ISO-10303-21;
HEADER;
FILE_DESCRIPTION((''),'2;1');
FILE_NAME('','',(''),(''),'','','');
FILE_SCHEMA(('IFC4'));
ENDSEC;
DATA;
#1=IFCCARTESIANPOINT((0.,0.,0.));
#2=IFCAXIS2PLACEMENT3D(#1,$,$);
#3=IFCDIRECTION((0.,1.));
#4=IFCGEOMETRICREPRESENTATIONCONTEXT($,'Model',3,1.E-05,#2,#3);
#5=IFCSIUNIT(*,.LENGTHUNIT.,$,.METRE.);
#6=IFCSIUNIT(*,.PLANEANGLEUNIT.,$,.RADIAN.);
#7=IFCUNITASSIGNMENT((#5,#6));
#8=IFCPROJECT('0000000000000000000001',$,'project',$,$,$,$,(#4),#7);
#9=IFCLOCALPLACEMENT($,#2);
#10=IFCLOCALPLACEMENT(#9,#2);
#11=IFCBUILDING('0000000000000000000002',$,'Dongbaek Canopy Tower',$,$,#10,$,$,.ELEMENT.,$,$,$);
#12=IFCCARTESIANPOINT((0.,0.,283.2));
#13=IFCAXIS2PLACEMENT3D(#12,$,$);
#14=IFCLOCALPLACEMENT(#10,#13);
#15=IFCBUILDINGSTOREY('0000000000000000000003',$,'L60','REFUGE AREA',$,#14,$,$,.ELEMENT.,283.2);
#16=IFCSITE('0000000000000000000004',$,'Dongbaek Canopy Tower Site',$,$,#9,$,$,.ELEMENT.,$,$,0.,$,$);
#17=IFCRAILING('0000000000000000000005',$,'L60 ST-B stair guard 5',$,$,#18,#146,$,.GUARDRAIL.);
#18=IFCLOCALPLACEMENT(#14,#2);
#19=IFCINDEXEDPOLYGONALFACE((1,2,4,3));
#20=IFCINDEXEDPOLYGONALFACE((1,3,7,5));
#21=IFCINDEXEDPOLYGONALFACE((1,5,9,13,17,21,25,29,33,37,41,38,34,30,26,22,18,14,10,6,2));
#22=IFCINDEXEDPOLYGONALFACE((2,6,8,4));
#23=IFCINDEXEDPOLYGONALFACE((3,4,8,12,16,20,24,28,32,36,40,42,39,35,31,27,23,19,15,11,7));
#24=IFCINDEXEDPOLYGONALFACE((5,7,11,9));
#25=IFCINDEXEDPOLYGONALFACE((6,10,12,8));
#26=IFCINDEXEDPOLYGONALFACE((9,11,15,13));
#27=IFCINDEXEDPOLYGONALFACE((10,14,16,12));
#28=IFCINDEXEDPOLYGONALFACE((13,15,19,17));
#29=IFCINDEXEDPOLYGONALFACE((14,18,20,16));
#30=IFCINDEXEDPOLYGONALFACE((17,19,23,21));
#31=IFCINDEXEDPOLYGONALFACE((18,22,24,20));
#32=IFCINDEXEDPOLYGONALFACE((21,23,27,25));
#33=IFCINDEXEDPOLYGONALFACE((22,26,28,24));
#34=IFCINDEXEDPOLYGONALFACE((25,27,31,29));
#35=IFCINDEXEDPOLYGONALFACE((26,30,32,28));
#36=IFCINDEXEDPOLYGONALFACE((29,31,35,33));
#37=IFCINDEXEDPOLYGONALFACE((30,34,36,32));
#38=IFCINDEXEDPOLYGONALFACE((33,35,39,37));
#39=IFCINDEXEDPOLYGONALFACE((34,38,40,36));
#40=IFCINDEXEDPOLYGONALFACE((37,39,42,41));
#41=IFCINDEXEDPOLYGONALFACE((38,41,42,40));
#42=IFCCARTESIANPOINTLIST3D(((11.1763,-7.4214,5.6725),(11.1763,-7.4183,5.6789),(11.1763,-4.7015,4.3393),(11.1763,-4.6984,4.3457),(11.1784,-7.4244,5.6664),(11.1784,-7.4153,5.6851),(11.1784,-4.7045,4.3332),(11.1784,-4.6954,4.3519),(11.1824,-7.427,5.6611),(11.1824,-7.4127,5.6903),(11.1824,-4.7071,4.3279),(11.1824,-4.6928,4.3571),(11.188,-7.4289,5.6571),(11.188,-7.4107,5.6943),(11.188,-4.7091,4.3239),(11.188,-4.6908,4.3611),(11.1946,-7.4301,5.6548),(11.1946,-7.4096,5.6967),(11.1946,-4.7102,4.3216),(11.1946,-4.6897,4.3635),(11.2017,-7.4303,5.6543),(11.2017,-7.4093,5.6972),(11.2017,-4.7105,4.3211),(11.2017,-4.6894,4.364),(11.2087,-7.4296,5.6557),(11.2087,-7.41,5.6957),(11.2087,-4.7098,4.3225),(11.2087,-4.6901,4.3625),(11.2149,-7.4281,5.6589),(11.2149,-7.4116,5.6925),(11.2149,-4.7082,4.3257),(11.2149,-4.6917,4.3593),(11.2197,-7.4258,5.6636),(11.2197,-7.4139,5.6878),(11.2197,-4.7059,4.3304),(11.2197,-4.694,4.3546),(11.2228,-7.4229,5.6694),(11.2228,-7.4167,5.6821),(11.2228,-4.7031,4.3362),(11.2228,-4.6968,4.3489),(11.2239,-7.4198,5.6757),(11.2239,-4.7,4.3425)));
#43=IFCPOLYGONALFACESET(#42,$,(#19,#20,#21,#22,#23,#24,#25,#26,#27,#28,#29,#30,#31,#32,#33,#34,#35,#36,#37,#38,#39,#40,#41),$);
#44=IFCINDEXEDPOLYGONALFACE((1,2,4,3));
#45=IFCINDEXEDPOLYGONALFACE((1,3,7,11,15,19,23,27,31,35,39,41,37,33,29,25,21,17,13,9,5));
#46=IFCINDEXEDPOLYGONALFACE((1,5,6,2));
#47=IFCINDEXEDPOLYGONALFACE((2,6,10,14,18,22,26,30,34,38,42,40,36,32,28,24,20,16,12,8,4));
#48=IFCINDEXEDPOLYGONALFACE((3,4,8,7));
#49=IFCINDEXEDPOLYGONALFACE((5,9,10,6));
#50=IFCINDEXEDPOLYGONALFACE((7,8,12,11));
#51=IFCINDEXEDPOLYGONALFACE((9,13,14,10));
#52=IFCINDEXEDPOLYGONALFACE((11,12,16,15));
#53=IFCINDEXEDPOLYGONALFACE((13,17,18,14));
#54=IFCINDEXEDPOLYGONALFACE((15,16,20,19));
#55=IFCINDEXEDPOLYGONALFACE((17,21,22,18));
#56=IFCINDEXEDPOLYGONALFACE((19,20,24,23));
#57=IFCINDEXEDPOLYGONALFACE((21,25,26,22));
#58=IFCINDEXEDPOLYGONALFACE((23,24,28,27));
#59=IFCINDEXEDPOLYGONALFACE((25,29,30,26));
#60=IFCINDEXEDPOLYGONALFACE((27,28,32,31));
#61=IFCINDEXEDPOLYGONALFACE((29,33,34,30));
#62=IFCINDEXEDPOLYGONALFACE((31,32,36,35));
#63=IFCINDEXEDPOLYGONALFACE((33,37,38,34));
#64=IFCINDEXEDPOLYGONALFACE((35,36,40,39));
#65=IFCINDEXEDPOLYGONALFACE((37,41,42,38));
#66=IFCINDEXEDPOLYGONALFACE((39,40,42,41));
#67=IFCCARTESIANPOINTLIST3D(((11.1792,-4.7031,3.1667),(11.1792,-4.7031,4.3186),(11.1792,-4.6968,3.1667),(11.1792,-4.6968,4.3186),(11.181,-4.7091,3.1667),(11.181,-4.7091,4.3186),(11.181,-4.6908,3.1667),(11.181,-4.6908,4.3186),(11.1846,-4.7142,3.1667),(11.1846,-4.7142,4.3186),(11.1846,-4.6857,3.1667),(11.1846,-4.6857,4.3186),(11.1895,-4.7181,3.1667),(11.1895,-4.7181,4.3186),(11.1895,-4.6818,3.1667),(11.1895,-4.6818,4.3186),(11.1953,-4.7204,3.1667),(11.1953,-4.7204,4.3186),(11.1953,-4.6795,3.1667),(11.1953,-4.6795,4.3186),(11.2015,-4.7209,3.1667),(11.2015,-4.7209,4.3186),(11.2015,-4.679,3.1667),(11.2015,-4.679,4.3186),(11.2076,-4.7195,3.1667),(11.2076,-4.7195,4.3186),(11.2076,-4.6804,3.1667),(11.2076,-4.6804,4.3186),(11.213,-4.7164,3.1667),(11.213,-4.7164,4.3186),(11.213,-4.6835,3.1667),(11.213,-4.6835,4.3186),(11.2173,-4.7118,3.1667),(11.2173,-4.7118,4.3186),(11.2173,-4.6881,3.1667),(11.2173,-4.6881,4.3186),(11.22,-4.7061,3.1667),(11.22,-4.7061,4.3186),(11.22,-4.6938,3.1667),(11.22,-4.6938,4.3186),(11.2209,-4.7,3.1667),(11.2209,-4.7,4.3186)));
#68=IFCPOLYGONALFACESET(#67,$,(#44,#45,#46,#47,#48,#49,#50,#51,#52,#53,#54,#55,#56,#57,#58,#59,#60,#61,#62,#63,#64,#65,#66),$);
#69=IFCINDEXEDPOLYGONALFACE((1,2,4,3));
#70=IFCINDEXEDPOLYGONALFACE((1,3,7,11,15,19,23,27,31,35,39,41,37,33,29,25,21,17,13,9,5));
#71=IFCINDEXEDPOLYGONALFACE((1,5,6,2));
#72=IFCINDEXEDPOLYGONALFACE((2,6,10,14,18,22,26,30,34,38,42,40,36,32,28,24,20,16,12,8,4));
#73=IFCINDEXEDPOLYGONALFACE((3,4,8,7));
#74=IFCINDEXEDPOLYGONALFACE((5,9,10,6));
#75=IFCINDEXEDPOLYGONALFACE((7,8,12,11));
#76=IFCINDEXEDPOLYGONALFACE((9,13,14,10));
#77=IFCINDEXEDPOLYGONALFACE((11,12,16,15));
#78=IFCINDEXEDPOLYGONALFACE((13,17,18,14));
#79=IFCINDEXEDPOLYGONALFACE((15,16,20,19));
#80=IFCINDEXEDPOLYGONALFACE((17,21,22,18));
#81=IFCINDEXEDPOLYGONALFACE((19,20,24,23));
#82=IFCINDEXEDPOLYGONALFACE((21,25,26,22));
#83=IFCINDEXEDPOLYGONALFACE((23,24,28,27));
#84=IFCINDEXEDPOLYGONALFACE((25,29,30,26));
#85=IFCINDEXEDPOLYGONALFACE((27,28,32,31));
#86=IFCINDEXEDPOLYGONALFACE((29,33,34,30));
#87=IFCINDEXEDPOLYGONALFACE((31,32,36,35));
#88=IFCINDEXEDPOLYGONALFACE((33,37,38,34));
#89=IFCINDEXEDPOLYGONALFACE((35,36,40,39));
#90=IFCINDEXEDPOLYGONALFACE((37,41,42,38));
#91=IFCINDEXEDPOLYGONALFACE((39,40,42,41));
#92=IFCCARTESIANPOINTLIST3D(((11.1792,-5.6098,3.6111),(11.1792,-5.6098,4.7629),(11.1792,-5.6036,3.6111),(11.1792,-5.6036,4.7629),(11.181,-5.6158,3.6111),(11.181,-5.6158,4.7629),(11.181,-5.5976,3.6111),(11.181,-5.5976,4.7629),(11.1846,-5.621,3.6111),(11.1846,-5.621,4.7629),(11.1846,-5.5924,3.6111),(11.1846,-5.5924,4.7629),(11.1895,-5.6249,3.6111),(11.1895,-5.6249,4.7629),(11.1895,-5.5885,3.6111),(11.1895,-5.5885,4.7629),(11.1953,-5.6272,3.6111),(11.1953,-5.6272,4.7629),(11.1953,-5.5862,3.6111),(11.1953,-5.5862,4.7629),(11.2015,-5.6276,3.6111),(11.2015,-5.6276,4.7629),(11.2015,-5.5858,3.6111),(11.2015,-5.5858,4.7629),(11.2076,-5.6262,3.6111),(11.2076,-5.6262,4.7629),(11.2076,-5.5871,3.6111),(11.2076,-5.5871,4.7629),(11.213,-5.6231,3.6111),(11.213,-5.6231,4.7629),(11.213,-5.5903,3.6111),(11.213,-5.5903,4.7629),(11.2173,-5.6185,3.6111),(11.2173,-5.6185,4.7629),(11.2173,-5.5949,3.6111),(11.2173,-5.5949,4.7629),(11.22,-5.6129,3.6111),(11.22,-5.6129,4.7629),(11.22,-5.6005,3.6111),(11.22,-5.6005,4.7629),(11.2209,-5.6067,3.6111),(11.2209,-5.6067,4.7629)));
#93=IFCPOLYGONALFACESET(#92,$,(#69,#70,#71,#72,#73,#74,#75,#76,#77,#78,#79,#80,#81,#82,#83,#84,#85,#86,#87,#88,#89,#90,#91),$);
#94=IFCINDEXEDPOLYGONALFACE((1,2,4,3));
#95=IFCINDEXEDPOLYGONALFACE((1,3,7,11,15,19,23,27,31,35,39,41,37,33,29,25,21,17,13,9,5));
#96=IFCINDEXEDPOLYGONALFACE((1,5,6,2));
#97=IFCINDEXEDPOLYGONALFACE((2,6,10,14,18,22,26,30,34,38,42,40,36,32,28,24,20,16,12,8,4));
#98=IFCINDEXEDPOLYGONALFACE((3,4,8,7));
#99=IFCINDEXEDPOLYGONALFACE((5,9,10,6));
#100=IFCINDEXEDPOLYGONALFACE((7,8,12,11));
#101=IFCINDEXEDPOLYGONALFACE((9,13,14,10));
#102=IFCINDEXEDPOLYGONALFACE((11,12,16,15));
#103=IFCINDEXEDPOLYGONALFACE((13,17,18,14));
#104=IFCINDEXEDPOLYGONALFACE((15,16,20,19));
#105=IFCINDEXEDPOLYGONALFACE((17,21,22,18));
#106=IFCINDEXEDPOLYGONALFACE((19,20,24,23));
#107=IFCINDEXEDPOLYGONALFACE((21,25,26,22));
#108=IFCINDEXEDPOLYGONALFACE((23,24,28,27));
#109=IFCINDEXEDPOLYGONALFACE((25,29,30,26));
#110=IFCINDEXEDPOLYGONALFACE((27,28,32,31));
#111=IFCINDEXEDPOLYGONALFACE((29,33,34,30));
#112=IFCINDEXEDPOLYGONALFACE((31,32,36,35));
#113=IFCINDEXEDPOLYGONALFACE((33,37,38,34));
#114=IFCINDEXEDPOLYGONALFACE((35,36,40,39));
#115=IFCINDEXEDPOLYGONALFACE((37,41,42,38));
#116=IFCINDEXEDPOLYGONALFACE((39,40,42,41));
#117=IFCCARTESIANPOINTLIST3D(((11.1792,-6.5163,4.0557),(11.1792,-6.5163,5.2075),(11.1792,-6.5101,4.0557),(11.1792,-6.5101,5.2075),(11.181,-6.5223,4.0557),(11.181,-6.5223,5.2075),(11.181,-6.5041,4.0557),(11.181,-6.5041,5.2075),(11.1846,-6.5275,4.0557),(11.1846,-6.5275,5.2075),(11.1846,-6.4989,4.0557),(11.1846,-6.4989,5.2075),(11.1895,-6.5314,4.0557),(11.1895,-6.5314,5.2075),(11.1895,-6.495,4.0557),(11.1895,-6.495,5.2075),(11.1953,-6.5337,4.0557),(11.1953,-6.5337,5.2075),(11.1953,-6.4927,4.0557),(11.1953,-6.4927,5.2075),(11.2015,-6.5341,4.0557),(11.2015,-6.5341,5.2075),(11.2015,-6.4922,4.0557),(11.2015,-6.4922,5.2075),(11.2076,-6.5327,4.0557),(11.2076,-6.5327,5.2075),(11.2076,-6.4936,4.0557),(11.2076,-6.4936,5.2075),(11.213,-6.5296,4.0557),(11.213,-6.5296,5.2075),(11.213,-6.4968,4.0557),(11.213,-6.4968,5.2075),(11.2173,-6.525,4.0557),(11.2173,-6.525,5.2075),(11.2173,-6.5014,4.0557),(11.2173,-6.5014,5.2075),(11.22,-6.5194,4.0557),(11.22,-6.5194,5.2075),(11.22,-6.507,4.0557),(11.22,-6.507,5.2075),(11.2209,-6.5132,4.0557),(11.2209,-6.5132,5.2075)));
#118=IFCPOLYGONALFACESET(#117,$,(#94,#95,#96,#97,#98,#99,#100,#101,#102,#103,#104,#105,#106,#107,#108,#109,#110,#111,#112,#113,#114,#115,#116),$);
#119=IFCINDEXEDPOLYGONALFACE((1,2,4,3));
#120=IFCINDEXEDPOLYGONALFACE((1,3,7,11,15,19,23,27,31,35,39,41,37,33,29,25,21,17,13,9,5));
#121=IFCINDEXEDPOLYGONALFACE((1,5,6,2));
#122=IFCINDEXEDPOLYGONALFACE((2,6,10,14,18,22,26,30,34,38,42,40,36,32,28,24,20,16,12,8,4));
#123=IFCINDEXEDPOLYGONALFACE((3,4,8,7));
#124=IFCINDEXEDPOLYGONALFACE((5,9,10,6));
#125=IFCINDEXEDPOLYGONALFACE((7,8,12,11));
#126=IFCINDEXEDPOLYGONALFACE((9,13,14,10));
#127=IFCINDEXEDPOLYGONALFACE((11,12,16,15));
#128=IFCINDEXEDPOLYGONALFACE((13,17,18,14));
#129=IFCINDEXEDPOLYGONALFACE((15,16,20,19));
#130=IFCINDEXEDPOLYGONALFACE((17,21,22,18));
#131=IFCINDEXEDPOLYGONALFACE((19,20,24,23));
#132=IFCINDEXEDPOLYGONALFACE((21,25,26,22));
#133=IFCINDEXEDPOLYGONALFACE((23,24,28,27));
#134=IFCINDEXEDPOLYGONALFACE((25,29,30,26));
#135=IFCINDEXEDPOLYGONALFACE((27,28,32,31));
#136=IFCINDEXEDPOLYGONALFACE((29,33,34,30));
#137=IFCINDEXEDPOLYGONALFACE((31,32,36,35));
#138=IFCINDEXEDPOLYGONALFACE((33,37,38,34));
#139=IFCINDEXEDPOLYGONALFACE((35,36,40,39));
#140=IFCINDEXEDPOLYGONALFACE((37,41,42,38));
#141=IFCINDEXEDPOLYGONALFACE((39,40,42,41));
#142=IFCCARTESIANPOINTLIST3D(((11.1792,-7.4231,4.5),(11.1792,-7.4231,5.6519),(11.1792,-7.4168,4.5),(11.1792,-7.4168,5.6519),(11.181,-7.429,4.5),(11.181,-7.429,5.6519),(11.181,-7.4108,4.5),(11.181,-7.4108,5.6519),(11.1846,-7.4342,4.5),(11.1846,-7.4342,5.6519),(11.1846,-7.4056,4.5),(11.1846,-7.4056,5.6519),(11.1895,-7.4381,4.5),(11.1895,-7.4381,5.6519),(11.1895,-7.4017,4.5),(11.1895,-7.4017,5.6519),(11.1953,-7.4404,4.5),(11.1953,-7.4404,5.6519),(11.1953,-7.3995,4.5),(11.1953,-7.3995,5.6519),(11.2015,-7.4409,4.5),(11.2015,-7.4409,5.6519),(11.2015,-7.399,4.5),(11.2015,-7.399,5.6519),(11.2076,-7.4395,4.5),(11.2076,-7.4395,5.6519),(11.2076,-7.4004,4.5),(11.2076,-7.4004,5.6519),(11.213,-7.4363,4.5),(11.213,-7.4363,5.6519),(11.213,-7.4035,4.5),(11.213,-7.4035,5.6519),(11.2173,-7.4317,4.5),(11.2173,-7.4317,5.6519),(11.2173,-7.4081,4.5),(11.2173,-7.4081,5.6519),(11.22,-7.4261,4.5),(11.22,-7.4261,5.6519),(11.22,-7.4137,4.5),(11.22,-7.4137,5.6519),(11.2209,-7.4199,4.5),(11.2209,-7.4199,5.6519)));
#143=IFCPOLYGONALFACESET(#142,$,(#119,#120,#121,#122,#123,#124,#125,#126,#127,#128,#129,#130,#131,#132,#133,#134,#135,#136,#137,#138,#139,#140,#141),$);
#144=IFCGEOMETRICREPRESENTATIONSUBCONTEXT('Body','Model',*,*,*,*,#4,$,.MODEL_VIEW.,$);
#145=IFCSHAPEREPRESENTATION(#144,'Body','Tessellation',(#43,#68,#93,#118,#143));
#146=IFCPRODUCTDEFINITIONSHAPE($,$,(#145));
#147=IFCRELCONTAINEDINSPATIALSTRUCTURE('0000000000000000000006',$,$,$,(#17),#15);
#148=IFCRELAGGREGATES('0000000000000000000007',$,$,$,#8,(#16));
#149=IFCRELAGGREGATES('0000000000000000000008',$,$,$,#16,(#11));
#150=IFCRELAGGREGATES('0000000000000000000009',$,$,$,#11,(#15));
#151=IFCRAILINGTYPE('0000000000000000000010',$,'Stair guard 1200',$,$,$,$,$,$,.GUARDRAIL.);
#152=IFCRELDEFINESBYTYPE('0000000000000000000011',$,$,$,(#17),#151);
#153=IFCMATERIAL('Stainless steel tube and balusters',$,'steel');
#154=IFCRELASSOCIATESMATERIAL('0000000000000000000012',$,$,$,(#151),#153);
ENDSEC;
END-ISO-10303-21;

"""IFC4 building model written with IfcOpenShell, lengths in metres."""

from ifc_helpers import new_model, si_unit, direction, frame, origin, origin_2d, place, context, subcontext, project, spatial, circle, extrude, material, type_object, element, save


model = new_model("IFC4")

# Units and contexts
model_context = context("Model", 3, precision=1e-05, world=origin(), true_north=direction((0.0, 1.0)))
body_context = subcontext(model_context, "Body", "Model", "MODEL_VIEW")
ifc_project = project(units=[si_unit("LENGTHUNIT", "METRE"), si_unit("PLANEANGLEUNIT", "RADIAN")], contexts=[model_context])

# Site, building, storey
site_placement = place(None, origin())
site = spatial("IfcSite", under=ifc_project, at=site_placement, Name="Dongbaek Canopy Tower Site", CompositionType="ELEMENT", RefElevation=0.0)
building_placement = place(site_placement, origin())
building = spatial("IfcBuilding", under=site, at=building_placement, Name="Dongbaek Canopy Tower", CompositionType="ELEMENT")
storey_placement = place(building_placement, frame((0.0, 0.0, 283.2)))
storey = spatial("IfcBuildingStorey", under=building, at=storey_placement, Name="L60", Description="REFUGE AREA", CompositionType="ELEMENT", Elevation=283.2)

# Railing
ifc_material_1 = material(Name="Stainless steel tube and balusters", Category="steel")
railing_type_1 = type_object("IfcRailingType", Name="Stair guard 1200", PredefinedType="GUARDRAIL", material=ifc_material_1)
railing_1_placement = place(storey_placement, frame((11.2, -4.7, 3.1667)))
element("IfcRailing", 1, at=railing_1_placement, inside=storey, type_object=railing_type_1, Name="L60 ST-B stair guard 5", PredefinedType="GUARDRAIL", context=body_context, shape_type="SweptSolid", body=[
    extrude(circle(Radius=0.0239, at=origin_2d()), frame((0.0, 0.0, 1.1758), z_axis=(0.0, -0.897929, 0.440139), x_axis=(1.0, 0.0, 0.0)), (0.0, 0.0, 1.0), 3.0291),
    extrude(circle(Radius=0.021, at=origin_2d()), origin(), (0.0, 0.0, 1.0), 1.1519),
    extrude(circle(Radius=0.021, at=origin_2d()), frame((0.0, -0.9067, 0.4443)), (0.0, 0.0, 1.0), 1.1519),
    extrude(circle(Radius=0.021, at=origin_2d()), frame((0.0, -1.8132, 0.8889)), (0.0, 0.0, 1.0), 1.1519),
    extrude(circle(Radius=0.021, at=origin_2d()), frame((0.0, -2.72, 1.3333)), (0.0, 0.0, 1.0), 1.1519),
])

save(model, "model.ifc")
